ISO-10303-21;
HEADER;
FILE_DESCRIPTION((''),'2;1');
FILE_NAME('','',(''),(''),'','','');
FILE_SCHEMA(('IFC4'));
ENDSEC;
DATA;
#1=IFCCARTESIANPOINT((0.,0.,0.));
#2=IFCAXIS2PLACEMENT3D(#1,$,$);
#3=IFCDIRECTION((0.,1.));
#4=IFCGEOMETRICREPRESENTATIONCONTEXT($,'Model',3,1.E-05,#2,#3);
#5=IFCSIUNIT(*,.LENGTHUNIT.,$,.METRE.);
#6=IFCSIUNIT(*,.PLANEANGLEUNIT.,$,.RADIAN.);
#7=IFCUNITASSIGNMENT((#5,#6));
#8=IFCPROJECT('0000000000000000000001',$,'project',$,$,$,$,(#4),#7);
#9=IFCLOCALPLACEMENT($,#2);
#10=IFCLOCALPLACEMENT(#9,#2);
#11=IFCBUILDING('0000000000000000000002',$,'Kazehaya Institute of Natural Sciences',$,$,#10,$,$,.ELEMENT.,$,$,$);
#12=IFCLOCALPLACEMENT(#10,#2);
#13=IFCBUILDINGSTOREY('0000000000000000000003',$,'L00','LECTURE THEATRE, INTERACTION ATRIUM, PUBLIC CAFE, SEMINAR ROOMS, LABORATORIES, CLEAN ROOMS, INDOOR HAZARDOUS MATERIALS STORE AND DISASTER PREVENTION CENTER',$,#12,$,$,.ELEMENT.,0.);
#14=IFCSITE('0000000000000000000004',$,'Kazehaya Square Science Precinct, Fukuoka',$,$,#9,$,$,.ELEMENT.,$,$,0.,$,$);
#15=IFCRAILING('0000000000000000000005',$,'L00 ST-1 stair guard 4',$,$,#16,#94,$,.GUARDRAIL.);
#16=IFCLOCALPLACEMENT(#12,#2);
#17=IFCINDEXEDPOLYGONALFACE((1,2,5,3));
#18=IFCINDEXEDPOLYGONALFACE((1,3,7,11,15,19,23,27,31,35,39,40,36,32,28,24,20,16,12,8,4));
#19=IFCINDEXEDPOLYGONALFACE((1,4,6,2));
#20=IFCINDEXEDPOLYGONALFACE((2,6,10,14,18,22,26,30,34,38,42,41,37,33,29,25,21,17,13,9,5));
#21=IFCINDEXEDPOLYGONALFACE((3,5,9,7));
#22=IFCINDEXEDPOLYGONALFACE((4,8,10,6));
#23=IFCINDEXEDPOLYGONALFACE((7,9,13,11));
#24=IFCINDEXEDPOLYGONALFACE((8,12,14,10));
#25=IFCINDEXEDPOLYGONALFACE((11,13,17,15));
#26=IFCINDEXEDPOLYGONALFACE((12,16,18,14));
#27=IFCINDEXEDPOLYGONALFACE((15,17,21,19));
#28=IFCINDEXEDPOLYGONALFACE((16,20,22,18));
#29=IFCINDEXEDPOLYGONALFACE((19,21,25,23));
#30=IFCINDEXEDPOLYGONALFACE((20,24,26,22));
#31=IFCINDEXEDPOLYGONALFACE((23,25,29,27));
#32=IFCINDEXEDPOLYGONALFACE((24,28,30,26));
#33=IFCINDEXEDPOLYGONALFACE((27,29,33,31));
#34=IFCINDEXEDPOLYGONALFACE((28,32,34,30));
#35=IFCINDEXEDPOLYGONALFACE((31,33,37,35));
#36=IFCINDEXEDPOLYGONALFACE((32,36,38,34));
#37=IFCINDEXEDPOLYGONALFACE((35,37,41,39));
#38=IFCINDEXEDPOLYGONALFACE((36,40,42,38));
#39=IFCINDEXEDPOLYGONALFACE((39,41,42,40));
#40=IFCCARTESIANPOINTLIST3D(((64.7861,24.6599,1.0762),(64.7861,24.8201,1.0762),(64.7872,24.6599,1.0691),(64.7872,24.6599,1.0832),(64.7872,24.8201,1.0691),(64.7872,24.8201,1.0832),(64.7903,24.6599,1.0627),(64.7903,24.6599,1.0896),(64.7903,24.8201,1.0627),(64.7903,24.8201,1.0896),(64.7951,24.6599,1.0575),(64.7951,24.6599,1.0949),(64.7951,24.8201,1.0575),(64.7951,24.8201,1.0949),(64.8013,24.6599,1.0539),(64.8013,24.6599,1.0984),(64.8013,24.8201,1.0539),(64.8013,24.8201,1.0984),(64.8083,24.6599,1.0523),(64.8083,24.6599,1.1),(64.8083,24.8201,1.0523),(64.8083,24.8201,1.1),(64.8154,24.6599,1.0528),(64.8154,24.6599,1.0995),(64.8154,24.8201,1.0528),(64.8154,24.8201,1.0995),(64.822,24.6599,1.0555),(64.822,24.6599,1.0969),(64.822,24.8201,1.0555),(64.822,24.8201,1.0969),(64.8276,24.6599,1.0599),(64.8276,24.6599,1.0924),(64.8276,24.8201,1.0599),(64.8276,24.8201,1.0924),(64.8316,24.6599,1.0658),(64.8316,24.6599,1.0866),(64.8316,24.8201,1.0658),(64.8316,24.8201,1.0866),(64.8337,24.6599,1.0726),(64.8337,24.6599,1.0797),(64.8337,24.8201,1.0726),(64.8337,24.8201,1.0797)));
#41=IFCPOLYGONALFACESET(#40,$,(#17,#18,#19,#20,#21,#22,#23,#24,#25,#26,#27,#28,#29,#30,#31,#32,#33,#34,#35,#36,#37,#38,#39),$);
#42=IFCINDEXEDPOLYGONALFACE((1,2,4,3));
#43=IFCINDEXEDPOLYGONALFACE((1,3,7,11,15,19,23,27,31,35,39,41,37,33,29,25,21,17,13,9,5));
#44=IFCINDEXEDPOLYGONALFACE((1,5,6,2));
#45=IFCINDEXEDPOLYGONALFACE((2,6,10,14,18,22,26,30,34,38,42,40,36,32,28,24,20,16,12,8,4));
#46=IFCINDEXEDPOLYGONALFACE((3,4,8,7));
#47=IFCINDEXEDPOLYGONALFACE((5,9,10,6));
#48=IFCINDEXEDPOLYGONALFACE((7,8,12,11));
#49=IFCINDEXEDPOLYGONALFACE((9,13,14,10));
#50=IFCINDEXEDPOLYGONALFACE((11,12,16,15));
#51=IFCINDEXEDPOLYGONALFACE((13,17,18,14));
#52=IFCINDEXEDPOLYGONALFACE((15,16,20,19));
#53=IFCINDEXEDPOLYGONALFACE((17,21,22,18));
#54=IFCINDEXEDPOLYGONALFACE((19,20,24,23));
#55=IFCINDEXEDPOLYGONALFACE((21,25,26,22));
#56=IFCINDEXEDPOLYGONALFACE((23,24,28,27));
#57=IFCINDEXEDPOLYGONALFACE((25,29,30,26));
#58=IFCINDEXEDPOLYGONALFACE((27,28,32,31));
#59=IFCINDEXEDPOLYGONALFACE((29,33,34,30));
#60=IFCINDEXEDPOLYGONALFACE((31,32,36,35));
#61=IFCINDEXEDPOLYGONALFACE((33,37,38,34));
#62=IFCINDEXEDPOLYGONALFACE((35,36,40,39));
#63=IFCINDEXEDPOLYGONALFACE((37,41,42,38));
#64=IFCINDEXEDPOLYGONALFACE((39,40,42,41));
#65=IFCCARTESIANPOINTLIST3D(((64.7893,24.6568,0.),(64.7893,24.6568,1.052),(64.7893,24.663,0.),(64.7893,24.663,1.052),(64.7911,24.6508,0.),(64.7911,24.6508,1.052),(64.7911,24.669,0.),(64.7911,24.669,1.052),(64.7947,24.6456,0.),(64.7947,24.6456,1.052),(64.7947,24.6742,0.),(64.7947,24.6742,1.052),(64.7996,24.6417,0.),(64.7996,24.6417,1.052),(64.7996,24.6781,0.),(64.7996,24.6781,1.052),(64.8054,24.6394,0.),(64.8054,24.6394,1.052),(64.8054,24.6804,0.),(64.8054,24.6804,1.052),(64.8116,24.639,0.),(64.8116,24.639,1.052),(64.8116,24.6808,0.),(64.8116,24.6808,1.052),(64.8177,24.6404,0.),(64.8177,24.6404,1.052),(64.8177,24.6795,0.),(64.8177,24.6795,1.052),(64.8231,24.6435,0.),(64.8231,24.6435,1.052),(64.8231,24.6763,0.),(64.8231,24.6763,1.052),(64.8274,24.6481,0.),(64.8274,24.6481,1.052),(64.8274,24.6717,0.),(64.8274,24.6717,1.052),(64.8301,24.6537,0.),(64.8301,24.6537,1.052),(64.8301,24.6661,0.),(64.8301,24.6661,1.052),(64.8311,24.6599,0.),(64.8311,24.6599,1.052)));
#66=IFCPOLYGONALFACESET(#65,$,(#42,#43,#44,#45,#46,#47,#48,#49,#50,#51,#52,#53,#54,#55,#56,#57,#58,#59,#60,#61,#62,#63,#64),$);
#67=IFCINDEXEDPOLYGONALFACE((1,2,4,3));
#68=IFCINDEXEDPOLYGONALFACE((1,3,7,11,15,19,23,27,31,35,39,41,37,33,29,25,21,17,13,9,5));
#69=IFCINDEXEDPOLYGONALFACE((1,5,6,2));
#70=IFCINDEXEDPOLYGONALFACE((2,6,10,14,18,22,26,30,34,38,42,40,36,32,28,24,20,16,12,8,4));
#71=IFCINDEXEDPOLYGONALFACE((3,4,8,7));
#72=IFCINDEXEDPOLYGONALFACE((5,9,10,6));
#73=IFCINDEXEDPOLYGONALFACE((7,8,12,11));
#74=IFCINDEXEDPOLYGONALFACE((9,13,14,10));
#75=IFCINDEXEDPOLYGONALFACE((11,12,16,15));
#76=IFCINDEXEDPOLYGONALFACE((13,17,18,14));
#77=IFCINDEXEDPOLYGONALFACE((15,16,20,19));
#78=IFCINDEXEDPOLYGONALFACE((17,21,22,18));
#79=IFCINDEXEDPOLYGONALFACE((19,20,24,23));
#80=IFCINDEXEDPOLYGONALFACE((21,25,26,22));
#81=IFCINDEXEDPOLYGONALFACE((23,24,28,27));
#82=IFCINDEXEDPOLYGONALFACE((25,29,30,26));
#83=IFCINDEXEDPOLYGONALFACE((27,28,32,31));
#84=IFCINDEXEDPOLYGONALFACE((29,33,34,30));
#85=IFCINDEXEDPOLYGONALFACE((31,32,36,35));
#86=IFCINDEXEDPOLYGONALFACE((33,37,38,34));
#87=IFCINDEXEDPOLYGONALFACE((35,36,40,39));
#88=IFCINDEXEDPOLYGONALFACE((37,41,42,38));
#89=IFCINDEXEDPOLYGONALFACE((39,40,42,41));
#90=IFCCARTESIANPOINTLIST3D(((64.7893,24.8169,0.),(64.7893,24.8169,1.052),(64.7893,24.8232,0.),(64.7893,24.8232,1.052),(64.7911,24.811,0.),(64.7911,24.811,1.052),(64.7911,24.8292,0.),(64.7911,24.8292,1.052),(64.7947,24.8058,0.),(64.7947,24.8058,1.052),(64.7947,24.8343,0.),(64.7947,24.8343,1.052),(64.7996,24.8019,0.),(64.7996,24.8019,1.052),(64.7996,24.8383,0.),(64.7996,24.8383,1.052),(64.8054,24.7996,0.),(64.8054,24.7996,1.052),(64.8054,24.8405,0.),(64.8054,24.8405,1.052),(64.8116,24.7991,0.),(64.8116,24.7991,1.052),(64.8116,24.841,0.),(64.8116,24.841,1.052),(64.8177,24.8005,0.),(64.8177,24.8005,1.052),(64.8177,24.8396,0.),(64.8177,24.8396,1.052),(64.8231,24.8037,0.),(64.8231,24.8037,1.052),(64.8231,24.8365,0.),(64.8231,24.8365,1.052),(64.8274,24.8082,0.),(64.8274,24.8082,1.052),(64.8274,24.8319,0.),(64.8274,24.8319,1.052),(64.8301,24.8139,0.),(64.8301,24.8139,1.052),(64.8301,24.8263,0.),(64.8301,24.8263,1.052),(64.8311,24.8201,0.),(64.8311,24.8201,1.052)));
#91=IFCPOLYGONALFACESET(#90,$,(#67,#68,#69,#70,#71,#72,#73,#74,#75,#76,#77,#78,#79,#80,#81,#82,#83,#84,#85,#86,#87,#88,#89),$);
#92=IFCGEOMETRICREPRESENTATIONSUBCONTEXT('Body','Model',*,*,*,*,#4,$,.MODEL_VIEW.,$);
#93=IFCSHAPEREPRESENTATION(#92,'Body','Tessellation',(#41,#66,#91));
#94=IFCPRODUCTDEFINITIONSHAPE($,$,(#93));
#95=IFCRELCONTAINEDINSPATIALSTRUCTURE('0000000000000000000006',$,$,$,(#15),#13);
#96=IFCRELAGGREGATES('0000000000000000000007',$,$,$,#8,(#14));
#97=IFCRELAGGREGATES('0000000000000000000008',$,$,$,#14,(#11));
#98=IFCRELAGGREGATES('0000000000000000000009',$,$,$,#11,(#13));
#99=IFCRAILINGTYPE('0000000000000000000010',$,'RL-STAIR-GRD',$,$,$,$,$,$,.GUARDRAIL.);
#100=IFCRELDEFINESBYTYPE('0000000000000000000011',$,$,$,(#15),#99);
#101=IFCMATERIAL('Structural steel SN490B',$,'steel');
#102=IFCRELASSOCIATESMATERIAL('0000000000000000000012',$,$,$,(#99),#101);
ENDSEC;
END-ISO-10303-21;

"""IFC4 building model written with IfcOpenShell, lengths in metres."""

from ifc_helpers import new_model, si_unit, direction, frame, origin, origin_2d, place, context, subcontext, project, spatial, circle, extrude, material, type_object, element, save


model = new_model("IFC4")

# Units and contexts
model_context = context("Model", 3, precision=1e-05, world=origin(), true_north=direction((0.0, 1.0)))
body_context = subcontext(model_context, "Body", "Model", "MODEL_VIEW")
ifc_project = project(units=[si_unit("LENGTHUNIT", "METRE"), si_unit("PLANEANGLEUNIT", "RADIAN")], contexts=[model_context])

# Site, building, storey
site_placement = place(None, origin())
site = spatial("IfcSite", under=ifc_project, at=site_placement, Name="Kazehaya Square Science Precinct, Fukuoka", CompositionType="ELEMENT", RefElevation=0.0)
building_placement = place(site_placement, origin())
building = spatial("IfcBuilding", under=site, at=building_placement, Name="Kazehaya Institute of Natural Sciences", CompositionType="ELEMENT")
storey_placement = place(building_placement, origin())
storey = spatial("IfcBuildingStorey", under=building, at=storey_placement, Name="L00", Description="LECTURE THEATRE, INTERACTION ATRIUM, PUBLIC CAFE, SEMINAR ROOMS, LABORATORIES, CLEAN ROOMS, INDOOR HAZARDOUS MATERIALS STORE AND DISASTER PREVENTION CENTER", CompositionType="ELEMENT", Elevation=0.0)

# Railing
ifc_material_1 = material(Name="Structural steel SN490B", Category="steel")
railing_type_1 = type_object("IfcRailingType", Name="RL-STAIR-GRD", PredefinedType="GUARDRAIL", material=ifc_material_1)
railing_1_placement = place(storey_placement, frame((64.8101, 24.6599, 0.0)))
element("IfcRailing", 1, at=railing_1_placement, inside=storey, type_object=railing_type_1, Name="L00 ST-1 stair guard 4", PredefinedType="GUARDRAIL", context=body_context, shape_type="SweptSolid", body=[
    extrude(circle(Radius=0.0239, at=origin_2d()), frame((0.0, 0.0, 1.0762), z_axis=(0.0, 1.0, 0.0), x_axis=(-1.0, 0.0, 0.0)), (0.0, 0.0, 1.0), 0.1602),
    extrude(circle(Radius=0.021, at=origin_2d()), origin(), (0.0, 0.0, 1.0), 1.052),
    extrude(circle(Radius=0.021, at=origin_2d()), frame((0.0, 0.1602, 0.0)), (0.0, 0.0, 1.0), 1.052),
])

save(model, "model.ifc")
